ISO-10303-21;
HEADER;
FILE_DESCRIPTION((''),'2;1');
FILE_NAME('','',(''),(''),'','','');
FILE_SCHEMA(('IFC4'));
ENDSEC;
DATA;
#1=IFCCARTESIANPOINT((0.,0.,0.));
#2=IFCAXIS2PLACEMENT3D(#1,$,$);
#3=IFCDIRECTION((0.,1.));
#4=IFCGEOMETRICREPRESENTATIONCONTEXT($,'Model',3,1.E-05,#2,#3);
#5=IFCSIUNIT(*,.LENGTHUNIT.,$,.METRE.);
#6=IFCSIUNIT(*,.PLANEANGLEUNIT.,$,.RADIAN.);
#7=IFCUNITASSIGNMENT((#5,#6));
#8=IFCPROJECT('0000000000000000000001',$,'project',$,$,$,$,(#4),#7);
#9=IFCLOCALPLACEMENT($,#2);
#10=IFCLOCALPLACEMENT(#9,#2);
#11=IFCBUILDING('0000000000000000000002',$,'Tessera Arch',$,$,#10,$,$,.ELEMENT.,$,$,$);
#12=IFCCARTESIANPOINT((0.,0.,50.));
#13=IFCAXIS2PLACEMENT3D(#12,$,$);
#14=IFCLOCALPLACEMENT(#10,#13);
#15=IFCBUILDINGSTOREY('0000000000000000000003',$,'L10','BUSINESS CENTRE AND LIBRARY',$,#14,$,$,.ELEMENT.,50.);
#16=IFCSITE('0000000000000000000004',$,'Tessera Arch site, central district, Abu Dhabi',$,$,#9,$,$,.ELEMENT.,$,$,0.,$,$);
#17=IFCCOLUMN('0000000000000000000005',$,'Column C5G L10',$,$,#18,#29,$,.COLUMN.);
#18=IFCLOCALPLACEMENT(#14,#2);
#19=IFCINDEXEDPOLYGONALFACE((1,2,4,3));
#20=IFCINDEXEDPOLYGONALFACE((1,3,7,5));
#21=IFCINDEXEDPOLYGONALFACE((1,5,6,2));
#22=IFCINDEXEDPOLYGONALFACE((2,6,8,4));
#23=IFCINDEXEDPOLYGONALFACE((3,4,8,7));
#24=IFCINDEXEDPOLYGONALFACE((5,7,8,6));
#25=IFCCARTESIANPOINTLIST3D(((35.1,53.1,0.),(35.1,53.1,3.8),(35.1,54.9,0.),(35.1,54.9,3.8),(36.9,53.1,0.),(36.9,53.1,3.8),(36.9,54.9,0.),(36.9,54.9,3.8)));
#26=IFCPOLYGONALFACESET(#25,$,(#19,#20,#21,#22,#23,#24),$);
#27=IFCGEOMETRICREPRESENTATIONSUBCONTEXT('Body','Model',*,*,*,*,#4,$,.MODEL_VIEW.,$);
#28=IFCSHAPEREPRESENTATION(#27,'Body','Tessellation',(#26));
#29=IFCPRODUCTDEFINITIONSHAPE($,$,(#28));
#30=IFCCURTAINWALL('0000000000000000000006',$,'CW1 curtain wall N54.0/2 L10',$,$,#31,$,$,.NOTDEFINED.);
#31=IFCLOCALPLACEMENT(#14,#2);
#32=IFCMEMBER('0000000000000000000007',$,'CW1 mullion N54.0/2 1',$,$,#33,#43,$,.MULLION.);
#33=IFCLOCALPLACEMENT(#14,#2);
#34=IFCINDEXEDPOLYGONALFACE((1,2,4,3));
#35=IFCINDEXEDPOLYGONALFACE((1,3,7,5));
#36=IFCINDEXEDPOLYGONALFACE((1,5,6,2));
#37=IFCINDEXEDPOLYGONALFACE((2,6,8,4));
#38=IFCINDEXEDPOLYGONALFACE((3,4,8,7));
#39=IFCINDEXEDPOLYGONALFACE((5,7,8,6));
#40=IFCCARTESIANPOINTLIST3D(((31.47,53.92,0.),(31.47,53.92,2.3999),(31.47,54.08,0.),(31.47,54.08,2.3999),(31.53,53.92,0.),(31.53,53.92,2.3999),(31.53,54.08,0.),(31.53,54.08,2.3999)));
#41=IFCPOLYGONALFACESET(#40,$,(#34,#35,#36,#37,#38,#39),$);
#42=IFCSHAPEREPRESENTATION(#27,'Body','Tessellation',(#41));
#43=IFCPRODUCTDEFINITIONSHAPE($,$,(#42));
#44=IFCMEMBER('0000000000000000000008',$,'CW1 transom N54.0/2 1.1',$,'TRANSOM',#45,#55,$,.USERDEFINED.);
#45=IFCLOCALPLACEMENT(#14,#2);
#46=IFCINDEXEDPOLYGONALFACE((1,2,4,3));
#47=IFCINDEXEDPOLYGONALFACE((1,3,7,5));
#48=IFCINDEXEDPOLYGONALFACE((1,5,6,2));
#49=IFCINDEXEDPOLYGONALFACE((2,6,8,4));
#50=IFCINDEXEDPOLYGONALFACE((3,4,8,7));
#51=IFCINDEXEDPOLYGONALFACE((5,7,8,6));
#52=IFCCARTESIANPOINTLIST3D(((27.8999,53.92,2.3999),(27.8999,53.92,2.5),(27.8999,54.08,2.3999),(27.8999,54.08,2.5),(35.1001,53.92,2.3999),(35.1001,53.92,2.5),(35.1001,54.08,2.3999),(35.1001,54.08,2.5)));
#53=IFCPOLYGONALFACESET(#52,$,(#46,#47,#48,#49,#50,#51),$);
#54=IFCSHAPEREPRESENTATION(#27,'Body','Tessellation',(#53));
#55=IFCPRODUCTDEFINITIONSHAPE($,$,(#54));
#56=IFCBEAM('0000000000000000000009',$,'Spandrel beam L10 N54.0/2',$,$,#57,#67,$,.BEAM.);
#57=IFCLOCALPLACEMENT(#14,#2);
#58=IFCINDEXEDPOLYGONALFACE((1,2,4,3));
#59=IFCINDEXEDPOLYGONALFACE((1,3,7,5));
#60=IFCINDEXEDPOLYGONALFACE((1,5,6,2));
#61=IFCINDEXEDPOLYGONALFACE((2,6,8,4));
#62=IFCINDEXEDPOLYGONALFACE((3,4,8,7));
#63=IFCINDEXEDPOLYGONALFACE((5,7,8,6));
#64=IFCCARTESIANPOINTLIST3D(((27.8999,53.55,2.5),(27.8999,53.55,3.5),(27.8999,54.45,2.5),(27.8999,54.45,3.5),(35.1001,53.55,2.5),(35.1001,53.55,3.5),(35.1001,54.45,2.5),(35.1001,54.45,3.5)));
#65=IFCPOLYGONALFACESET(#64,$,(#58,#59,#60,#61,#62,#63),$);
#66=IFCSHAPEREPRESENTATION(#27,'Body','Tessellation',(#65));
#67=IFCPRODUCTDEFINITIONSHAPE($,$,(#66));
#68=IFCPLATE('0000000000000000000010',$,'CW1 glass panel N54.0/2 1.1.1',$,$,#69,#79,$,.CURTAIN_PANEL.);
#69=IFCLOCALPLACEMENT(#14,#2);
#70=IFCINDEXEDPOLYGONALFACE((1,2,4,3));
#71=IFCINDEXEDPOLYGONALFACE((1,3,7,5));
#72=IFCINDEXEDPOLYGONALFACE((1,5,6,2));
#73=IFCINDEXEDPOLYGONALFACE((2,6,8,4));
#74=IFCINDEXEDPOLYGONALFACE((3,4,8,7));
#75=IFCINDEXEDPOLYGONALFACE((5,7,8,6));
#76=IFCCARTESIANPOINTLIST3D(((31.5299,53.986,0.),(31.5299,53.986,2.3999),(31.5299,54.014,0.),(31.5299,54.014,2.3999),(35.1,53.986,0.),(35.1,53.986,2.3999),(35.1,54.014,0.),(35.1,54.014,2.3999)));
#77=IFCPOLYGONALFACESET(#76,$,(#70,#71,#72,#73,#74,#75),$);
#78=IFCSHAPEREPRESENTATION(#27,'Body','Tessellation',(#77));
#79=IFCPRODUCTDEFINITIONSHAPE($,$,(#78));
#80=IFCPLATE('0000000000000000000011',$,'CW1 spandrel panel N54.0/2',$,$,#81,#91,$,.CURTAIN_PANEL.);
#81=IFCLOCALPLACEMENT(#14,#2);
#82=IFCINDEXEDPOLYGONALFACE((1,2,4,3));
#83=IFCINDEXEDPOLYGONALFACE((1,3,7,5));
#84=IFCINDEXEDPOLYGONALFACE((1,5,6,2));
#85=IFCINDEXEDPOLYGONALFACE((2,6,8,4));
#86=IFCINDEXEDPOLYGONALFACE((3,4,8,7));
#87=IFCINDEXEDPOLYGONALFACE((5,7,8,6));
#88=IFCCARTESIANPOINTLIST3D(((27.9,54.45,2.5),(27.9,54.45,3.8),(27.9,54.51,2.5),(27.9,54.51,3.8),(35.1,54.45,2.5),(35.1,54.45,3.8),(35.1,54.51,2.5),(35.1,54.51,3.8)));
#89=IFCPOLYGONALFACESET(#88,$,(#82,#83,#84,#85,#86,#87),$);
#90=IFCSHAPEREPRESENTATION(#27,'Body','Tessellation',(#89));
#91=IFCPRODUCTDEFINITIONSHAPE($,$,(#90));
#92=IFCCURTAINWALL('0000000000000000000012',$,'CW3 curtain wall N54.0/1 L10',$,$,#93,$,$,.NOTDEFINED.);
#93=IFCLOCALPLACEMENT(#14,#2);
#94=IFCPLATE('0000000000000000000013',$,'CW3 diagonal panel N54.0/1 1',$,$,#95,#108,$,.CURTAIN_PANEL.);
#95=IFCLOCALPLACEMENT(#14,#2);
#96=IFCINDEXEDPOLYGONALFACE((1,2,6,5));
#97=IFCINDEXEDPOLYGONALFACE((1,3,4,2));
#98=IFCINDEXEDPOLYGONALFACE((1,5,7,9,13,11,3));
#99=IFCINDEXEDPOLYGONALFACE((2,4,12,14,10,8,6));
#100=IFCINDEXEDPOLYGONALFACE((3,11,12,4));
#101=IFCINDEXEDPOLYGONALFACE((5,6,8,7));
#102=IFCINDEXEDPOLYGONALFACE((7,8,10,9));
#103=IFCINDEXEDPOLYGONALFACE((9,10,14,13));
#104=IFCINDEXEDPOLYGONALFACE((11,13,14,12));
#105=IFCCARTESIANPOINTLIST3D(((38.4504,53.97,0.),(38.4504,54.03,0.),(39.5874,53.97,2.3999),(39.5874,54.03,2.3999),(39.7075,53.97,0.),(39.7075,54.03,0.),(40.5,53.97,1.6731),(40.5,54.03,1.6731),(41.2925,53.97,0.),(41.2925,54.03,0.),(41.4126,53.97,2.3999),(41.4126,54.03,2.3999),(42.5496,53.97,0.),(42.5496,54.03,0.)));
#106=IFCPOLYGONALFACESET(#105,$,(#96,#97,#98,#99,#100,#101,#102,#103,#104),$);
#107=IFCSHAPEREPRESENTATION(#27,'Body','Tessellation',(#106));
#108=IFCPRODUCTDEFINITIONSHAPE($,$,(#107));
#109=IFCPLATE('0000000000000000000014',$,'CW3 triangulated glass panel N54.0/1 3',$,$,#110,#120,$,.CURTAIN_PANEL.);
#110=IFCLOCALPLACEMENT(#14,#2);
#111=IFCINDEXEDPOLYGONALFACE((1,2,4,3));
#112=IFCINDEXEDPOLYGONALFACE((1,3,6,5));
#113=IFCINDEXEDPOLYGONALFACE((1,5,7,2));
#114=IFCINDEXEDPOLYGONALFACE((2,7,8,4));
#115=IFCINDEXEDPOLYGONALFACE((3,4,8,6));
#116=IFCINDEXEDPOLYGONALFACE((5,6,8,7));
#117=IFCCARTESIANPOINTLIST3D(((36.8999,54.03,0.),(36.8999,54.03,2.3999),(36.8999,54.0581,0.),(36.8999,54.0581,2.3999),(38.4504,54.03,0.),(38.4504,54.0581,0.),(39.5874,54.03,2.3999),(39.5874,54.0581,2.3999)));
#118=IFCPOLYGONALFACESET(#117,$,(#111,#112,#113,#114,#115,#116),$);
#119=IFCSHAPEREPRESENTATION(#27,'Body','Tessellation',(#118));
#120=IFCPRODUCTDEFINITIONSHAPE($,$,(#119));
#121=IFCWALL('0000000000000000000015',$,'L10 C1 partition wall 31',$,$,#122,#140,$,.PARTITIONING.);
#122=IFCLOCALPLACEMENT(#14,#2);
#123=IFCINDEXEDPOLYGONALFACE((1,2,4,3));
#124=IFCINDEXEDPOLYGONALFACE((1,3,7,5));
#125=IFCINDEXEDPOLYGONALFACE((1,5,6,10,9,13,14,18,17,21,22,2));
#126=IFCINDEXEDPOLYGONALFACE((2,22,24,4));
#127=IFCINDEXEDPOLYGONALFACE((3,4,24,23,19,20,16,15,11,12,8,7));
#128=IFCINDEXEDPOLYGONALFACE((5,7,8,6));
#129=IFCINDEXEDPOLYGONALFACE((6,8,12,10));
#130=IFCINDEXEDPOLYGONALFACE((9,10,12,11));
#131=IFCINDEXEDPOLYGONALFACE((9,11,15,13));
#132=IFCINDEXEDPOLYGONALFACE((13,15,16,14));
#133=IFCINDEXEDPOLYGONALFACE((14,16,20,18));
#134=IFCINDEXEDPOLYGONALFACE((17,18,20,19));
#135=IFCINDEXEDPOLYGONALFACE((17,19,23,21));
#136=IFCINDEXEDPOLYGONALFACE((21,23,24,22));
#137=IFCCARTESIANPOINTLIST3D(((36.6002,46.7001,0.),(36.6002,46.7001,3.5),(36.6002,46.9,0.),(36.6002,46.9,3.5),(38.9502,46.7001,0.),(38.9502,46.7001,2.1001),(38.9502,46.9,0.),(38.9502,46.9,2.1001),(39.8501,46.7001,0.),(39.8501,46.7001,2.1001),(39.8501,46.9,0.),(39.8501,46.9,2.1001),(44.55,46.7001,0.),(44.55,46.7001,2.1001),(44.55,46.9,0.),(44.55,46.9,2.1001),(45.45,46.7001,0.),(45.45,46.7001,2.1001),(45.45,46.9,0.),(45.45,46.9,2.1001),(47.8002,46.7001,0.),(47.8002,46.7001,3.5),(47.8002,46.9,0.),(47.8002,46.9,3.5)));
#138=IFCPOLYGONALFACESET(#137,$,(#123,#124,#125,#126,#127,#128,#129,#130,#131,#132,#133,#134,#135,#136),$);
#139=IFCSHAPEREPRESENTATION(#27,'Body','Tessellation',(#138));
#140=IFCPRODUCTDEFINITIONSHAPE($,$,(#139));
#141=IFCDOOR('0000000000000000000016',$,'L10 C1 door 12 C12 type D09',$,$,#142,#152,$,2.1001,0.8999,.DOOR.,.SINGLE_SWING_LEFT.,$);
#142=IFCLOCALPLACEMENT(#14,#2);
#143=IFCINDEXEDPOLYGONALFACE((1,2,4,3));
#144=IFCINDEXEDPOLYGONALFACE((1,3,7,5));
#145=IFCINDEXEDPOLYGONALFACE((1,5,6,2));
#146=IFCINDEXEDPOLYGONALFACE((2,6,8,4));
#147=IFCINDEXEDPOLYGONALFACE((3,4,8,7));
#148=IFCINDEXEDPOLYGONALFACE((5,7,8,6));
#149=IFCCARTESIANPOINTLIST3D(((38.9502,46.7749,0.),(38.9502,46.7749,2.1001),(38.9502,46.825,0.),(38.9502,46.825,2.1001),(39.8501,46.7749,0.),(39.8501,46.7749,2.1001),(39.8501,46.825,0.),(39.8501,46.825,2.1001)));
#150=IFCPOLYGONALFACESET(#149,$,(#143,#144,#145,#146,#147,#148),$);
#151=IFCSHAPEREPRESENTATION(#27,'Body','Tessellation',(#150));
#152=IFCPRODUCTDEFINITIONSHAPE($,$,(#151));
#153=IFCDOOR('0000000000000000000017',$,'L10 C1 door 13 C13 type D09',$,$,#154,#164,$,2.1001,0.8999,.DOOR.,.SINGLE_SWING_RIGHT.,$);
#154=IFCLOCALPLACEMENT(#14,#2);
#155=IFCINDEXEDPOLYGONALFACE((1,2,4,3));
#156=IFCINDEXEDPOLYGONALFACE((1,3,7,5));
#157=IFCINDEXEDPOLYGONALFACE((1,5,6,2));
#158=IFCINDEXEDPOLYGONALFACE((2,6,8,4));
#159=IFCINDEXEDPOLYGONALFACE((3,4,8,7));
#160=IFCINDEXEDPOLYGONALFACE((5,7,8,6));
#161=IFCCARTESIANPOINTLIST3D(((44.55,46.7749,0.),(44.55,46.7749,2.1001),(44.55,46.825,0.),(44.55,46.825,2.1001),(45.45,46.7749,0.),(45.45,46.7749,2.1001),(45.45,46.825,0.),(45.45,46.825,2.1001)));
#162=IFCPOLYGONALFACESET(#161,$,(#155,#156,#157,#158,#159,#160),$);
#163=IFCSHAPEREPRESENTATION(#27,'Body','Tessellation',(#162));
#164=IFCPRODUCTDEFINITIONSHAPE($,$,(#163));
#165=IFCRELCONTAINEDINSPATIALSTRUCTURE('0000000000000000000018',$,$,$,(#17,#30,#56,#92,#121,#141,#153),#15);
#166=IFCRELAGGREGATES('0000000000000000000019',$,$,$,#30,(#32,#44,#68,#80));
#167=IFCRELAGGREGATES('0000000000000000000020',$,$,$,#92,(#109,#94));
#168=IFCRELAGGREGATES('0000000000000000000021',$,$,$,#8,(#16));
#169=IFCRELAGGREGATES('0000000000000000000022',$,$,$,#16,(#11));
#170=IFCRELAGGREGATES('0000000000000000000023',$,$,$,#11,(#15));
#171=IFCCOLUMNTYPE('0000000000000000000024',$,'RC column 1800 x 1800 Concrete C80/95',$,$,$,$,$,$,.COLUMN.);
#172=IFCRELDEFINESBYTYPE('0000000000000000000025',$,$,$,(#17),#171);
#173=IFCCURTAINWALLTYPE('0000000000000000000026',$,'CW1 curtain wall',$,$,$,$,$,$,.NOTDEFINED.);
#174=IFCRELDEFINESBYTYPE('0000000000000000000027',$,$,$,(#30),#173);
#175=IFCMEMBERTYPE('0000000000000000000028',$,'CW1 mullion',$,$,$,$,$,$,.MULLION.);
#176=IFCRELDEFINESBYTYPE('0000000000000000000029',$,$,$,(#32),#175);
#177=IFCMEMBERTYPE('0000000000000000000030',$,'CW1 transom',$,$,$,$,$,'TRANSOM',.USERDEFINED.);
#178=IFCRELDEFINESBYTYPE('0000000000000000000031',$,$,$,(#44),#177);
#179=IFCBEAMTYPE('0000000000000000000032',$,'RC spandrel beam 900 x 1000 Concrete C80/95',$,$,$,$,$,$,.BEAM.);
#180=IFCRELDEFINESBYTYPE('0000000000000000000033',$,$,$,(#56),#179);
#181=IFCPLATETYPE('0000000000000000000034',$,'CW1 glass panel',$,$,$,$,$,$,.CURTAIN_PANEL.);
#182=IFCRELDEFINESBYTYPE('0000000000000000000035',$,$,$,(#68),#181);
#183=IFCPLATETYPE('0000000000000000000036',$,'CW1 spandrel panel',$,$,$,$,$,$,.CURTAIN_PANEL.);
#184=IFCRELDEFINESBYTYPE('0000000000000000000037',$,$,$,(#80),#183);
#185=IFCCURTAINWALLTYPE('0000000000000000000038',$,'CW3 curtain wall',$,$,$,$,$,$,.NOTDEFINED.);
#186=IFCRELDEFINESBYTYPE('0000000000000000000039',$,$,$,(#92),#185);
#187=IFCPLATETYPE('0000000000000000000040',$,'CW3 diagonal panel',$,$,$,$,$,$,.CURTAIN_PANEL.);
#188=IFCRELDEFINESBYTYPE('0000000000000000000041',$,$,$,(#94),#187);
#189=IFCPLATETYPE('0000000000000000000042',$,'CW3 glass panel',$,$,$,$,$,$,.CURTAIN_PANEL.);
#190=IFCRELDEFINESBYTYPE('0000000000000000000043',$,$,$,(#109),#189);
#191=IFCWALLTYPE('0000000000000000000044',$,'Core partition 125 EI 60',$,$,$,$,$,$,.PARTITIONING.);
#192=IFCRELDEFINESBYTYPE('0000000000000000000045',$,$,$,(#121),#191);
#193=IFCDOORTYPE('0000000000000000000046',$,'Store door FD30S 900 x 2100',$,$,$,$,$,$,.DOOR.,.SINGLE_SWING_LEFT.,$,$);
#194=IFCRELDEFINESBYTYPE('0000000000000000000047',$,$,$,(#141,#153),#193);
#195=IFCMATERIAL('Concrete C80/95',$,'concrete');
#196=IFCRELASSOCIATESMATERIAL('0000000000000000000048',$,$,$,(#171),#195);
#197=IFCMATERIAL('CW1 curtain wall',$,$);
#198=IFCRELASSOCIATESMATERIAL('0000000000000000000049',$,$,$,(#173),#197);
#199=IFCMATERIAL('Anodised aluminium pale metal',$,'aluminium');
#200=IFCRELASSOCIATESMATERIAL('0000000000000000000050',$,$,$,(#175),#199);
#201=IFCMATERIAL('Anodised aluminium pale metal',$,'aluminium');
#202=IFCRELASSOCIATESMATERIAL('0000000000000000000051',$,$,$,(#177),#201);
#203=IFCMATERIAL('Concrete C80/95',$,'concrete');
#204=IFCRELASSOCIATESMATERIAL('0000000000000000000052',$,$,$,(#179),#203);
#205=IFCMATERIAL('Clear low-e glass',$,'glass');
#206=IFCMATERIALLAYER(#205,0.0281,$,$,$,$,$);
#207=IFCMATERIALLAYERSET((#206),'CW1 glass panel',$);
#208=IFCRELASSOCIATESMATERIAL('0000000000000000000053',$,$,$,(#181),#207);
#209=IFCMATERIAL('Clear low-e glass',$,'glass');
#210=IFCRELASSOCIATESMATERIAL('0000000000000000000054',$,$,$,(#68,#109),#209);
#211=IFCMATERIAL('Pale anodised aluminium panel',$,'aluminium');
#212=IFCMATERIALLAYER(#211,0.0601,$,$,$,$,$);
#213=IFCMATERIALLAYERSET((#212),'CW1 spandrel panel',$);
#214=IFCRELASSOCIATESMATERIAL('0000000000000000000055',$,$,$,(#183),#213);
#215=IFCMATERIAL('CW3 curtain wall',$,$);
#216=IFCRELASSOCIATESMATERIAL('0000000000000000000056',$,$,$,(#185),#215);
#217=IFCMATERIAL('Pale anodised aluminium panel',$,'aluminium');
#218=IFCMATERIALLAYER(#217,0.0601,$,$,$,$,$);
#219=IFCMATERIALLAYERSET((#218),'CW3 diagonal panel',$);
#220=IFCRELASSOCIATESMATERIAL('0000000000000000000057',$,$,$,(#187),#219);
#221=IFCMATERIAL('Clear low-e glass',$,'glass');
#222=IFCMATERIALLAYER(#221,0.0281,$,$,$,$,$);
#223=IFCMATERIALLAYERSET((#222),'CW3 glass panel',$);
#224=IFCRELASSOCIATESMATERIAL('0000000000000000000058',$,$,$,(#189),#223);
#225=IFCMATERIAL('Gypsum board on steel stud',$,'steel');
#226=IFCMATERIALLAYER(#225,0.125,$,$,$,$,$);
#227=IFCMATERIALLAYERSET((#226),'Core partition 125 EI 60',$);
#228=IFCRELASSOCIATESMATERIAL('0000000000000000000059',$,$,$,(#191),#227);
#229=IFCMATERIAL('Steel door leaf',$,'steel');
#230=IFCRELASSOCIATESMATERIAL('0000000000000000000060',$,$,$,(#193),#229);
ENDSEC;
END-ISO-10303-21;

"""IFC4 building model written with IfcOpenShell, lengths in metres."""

from ifc_helpers import new_model, si_unit, direction, frame, frame_2d, origin, origin_2d, place, context, subcontext, project, spatial, polyline, rectangle, outline, extrude, material, layer, layer_set, material_profile, profile_set, type_object, element, fill, aggregate, save


model = new_model("IFC4")

# Units and contexts
model_context = context("Model", 3, precision=1e-05, world=origin(), true_north=direction((0.0, 1.0)))
body_context = subcontext(model_context, "Body", "Model", "MODEL_VIEW")
ifc_project = project(units=[si_unit("LENGTHUNIT", "METRE"), si_unit("PLANEANGLEUNIT", "RADIAN")], contexts=[model_context])

# Site, building, storey
site_placement = place(None, origin())
site = spatial("IfcSite", under=ifc_project, at=site_placement, Name="Tessera Arch site, central district, Abu Dhabi", CompositionType="ELEMENT", RefElevation=0.0)
building_placement = place(site_placement, origin())
building = spatial("IfcBuilding", under=site, at=building_placement, Name="Tessera Arch", CompositionType="ELEMENT")
storey_placement = place(building_placement, frame((0.0, 0.0, 50.0)))
storey = spatial("IfcBuildingStorey", under=building, at=storey_placement, Name="L10", Description="BUSINESS CENTRE AND LIBRARY", CompositionType="ELEMENT", Elevation=50.0)

# Column
ifc_material_1 = material(Name="Concrete C80/95", Category="concrete")
ifc_material_profile_1 = material_profile(ifc_material_1, rectangle(XDim=1.8, YDim=1.8, at=origin_2d()), Name="RC column 1800 x 1800 Concrete C80/95")
ifc_profile_set_1 = profile_set([ifc_material_profile_1], Name="Concrete C80/95")
column_type = type_object("IfcColumnType", Name="RC column 1800 x 1800 Concrete C80/95", PredefinedType="COLUMN", material=ifc_profile_set_1)
column_placement = place(storey_placement, frame((36.0, 54.0, 0.0), z_axis=(0.0, 0.0, 1.0), x_axis=(1.0, 0.0, 0.0)))
element("IfcColumn", 1, at=column_placement, inside=storey, type_object=column_type, Name="Column C5G L10", PredefinedType="COLUMN", context=body_context, shape_type="SweptSolid", body=[
    extrude(rectangle(XDim=1.8, YDim=1.8, at=origin_2d()), origin(), (0.0, 0.0, 1.0), 3.8),
])

# Curtain wall, members
ifc_material_2 = material(Name="CW1 curtain wall")
curtain_wall_type_1 = type_object("IfcCurtainWallType", Name="CW1 curtain wall", PredefinedType="NOTDEFINED", material=ifc_material_2)
curtain_wall_1_placement = place(storey_placement, origin())
curtain_wall_1 = element("IfcCurtainWall", 2, at=curtain_wall_1_placement, inside=storey, type_object=curtain_wall_type_1, Name="CW1 curtain wall N54.0/2 L10", PredefinedType="NOTDEFINED")
ifc_material_3 = material(Name="Anodised aluminium pale metal", Category="aluminium")
ifc_material_profile_2 = material_profile(ifc_material_3, rectangle(XDim=0.1599, YDim=0.0601, at=origin_2d()), Name="AL 60x160")
ifc_profile_set_2 = profile_set([ifc_material_profile_2], Name="Anodised aluminium pale metal")
member_type_1 = type_object("IfcMemberType", Name="CW1 mullion", PredefinedType="MULLION", material=ifc_profile_set_2)
member_1_placement = place(storey_placement, frame((31.5, 54.0, 0.0), z_axis=(0.0, 0.0, 1.0), x_axis=(0.0, -1.0, 0.0)))
member_1 = element("IfcMember", 3, at=member_1_placement, type_object=member_type_1, Name="CW1 mullion N54.0/2 1", PredefinedType="MULLION", context=body_context, shape_type="SweptSolid", body=[
    extrude(rectangle(XDim=0.1599, YDim=0.0601, at=origin_2d()), origin(), (0.0, 0.0, 1.0), 2.3999),
])
ifc_material_4 = material(Name="Anodised aluminium pale metal", Category="aluminium")
ifc_material_profile_3 = material_profile(ifc_material_4, rectangle(XDim=0.1599, YDim=0.1001, at=origin_2d()), Name="AL 160x100")
ifc_profile_set_3 = profile_set([ifc_material_profile_3], Name="Anodised aluminium pale metal")
member_type_2 = type_object("IfcMemberType", Name="CW1 transom", ElementType="TRANSOM", PredefinedType="USERDEFINED", material=ifc_profile_set_3)
member_2_placement = place(storey_placement, frame((35.1001, 54.0, 2.45), z_axis=(-1.0, 0.0, 0.0), x_axis=(0.0, -1.0, 0.0)))
member_2 = element("IfcMember", 4, at=member_2_placement, type_object=member_type_2, Name="CW1 transom N54.0/2 1.1", ObjectType="TRANSOM", PredefinedType="USERDEFINED", context=body_context, shape_type="SweptSolid", body=[
    extrude(rectangle(XDim=0.1599, YDim=0.1001, at=origin_2d()), origin(), (0.0, 0.0, 1.0), 7.2002),
])

# Beam
ifc_material_5 = material(Name="Concrete C80/95", Category="concrete")
ifc_material_profile_4 = material_profile(ifc_material_5, rectangle(XDim=0.8999, YDim=1.0, at=origin_2d()), Name="RC spandrel beam 900 x 1000 Concrete C80/95")
ifc_profile_set_4 = profile_set([ifc_material_profile_4], Name="Concrete C80/95")
beam_type = type_object("IfcBeamType", Name="RC spandrel beam 900 x 1000 Concrete C80/95", PredefinedType="BEAM", material=ifc_profile_set_4)
beam_placement = place(storey_placement, frame((35.1001, 54.0, 3.0), z_axis=(-1.0, 0.0, 0.0), x_axis=(0.0, -1.0, 0.0)))
element("IfcBeam", 5, at=beam_placement, inside=storey, type_object=beam_type, Name="Spandrel beam L10 N54.0/2", PredefinedType="BEAM", context=body_context, shape_type="SweptSolid", body=[
    extrude(rectangle(XDim=0.8999, YDim=1.0, at=origin_2d()), origin(), (0.0, 0.0, 1.0), 7.2002),
])

# Plates
ifc_material_6 = material(Name="Clear low-e glass", Category="glass")
ifc_material_7 = material(Name="Clear low-e glass", Category="glass")
ifc_layer_1 = layer(ifc_material_7, 0.0281)
ifc_layer_set_1 = layer_set([ifc_layer_1], Name="CW1 glass panel")
plate_type_1 = type_object("IfcPlateType", Name="CW1 glass panel", PredefinedType="CURTAIN_PANEL", material=ifc_layer_set_1)
plate_1_placement = place(storey_placement, frame((33.3149, 54.0, 0.0), z_axis=(0.0, 0.0, 1.0), x_axis=(-1.0, 0.0, 0.0)))
plate_1 = element("IfcPlate", 6, at=plate_1_placement, type_object=plate_type_1, material=ifc_material_6, Name="CW1 glass panel N54.0/2 1.1.1", PredefinedType="CURTAIN_PANEL", context=body_context, shape_type="SweptSolid", body=[
    extrude(rectangle(XDim=3.5701, YDim=0.0281, at=origin_2d()), origin(), (0.0, 0.0, 1.0), 2.3999),
])
ifc_material_8 = material(Name="Pale anodised aluminium panel", Category="aluminium")
ifc_layer_2 = layer(ifc_material_8, 0.0601)
ifc_layer_set_2 = layer_set([ifc_layer_2], Name="CW1 spandrel panel")
plate_type_2 = type_object("IfcPlateType", Name="CW1 spandrel panel", PredefinedType="CURTAIN_PANEL", material=ifc_layer_set_2)
plate_2_placement = place(storey_placement, frame((31.5, 54.48, 2.5), z_axis=(0.0, 0.0, 1.0), x_axis=(-1.0, 0.0, 0.0)))
plate_2 = element("IfcPlate", 7, at=plate_2_placement, type_object=plate_type_2, Name="CW1 spandrel panel N54.0/2", PredefinedType="CURTAIN_PANEL", context=body_context, shape_type="SweptSolid", body=[
    extrude(rectangle(XDim=7.2, YDim=0.0601, at=origin_2d()), origin(), (0.0, 0.0, 1.0), 1.3),
])
aggregate(curtain_wall_1, [member_1, member_2, plate_1, plate_2])

# Curtain wall, plates
ifc_material_9 = material(Name="CW3 curtain wall")
curtain_wall_type_2 = type_object("IfcCurtainWallType", Name="CW3 curtain wall", PredefinedType="NOTDEFINED", material=ifc_material_9)
curtain_wall_2_placement = place(storey_placement, origin())
curtain_wall_2 = element("IfcCurtainWall", 8, at=curtain_wall_2_placement, inside=storey, type_object=curtain_wall_type_2, Name="CW3 curtain wall N54.0/1 L10", PredefinedType="NOTDEFINED")
ifc_material_10 = material(Name="Pale anodised aluminium panel", Category="aluminium")
ifc_layer_3 = layer(ifc_material_10, 0.0601)
ifc_layer_set_3 = layer_set([ifc_layer_3], Name="CW3 diagonal panel")
plate_type_3 = type_object("IfcPlateType", Name="CW3 diagonal panel", PredefinedType="CURTAIN_PANEL", material=ifc_layer_set_3)
plate_3_placement = place(storey_placement, frame((39.5874, 54.03, 2.3999), z_axis=(0.0, 1.0, 0.0), x_axis=(1.0, 0.0, 0.0)))
plate_3 = element("IfcPlate", 9, at=plate_3_placement, type_object=plate_type_3, Name="CW3 diagonal panel N54.0/1 1", PredefinedType="CURTAIN_PANEL", context=body_context, shape_type="SweptSolid", body=[
    extrude(outline(polyline([(0.0, 0.0), (1.8252, 0.0), (2.9622, 2.3999), (1.7051, 2.3999), (0.9126, 0.7268), (0.1201, 2.3999), (-1.137, 2.3999), (0.0, 0.0)])), origin(), (0.0, 0.0, -1.0), 0.0601),
])
ifc_material_11 = material(Name="Clear low-e glass", Category="glass")
ifc_layer_4 = layer(ifc_material_11, 0.0281)
ifc_layer_set_4 = layer_set([ifc_layer_4], Name="CW3 glass panel")
plate_type_4 = type_object("IfcPlateType", Name="CW3 glass panel", PredefinedType="CURTAIN_PANEL", material=ifc_layer_set_4)
plate_4_placement = place(storey_placement, frame((36.8999, 54.0581, 2.3999), z_axis=(0.0, 1.0, 0.0), x_axis=(1.0, 0.0, 0.0)))
plate_4 = element("IfcPlate", 10, at=plate_4_placement, type_object=plate_type_4, material=ifc_material_6, Name="CW3 triangulated glass panel N54.0/1 3", PredefinedType="CURTAIN_PANEL", context=body_context, shape_type="SweptSolid", body=[
    extrude(outline(polyline([(0.0, 0.0), (2.6875, 0.0), (1.5505, 2.3999), (0.0, 2.3999), (0.0, 0.0)])), origin(), (0.0, 0.0, -1.0), 0.0281),
])
aggregate(curtain_wall_2, [plate_4, plate_3])

# Wall, openings, doors
ifc_material_12 = material(Name="Gypsum board on steel stud", Category="steel")
ifc_layer_5 = layer(ifc_material_12, 0.125)
ifc_layer_set_5 = layer_set([ifc_layer_5], Name="Core partition 125 EI 60")
wall_type_1 = type_object("IfcWallType", Name="Core partition 125 EI 60", PredefinedType="PARTITIONING", material=ifc_layer_set_5)
wall_1_placement = place(storey_placement, frame((36.6001, 46.8, 0.0), z_axis=(0.0, 0.0, 1.0), x_axis=(1.0, 0.0, 0.0)))
wall_1 = element("IfcWall", 11, at=wall_1_placement, inside=storey, type_object=wall_type_1, Name="L10 C1 partition wall 31", PredefinedType="PARTITIONING", context=body_context, shape_type="SweptSolid", body=[
    extrude(rectangle(XDim=11.2, YDim=0.2, at=frame_2d((5.6001, 0.0))), origin(), (0.0, 0.0, 1.0), 3.5),
])
opening_1_placement = place(wall_1_placement, frame((2.3501, 0.0, 0.0)))
opening_1 = element("IfcOpeningElement", 12, at=opening_1_placement, cuts=wall_1, PredefinedType="OPENING", context=body_context, shape_type="SweptSolid", body=[
    extrude(rectangle(XDim=0.8999, YDim=2.1001, at=frame_2d((0.45, 1.05))), frame((0.0, 0.1099, 0.0), z_axis=(0.0, -1.0, 0.0), x_axis=(1.0, 0.0, 0.0)), (0.0, 0.0, 1.0), 0.22),
])
opening_2_placement = place(wall_1_placement, frame((7.95, 0.0, 0.0)))
opening_2 = element("IfcOpeningElement", 13, at=opening_2_placement, cuts=wall_1, PredefinedType="OPENING", context=body_context, shape_type="SweptSolid", body=[
    extrude(rectangle(XDim=0.8999, YDim=2.1001, at=frame_2d((0.45, 1.05))), frame((0.0, 0.1099, 0.0), z_axis=(0.0, -1.0, 0.0), x_axis=(1.0, 0.0, 0.0)), (0.0, 0.0, 1.0), 0.22),
])
ifc_material_13 = material(Name="Steel door leaf", Category="steel")
door_type_1 = type_object("IfcDoorType", Name="Store door FD30S 900 x 2100", OperationType="SINGLE_SWING_LEFT", PredefinedType="DOOR", material=ifc_material_13)
door_1_placement = place(opening_1_placement, origin())
door_1 = element("IfcDoor", 14, at=door_1_placement, inside=storey, type_object=door_type_1, Name="L10 C1 door 12 C12 type D09", OperationType="SINGLE_SWING_LEFT", OverallHeight=2.1001, OverallWidth=0.8999, PredefinedType="DOOR", context=body_context, shape_type="SweptSolid", body=[
    extrude(rectangle(XDim=0.8999, YDim=2.1001, at=frame_2d((0.45, 1.05))), frame((0.0, 0.0249, 0.0), z_axis=(0.0, -1.0, 0.0), x_axis=(1.0, 0.0, 0.0)), (0.0, 0.0, 1.0), 0.05),
])
fill(opening_1, door_1)
door_2_placement = place(opening_2_placement, origin())
door_2 = element("IfcDoor", 15, at=door_2_placement, inside=storey, type_object=door_type_1, Name="L10 C1 door 13 C13 type D09", OperationType="SINGLE_SWING_RIGHT", OverallHeight=2.1001, OverallWidth=0.8999, PredefinedType="DOOR", context=body_context, shape_type="SweptSolid", body=[
    extrude(rectangle(XDim=0.8999, YDim=2.1001, at=frame_2d((0.45, 1.05))), frame((0.0, 0.0249, 0.0), z_axis=(0.0, -1.0, 0.0), x_axis=(1.0, 0.0, 0.0)), (0.0, 0.0, 1.0), 0.05),
])
fill(opening_2, door_2)

save(model, "model.ifc")
